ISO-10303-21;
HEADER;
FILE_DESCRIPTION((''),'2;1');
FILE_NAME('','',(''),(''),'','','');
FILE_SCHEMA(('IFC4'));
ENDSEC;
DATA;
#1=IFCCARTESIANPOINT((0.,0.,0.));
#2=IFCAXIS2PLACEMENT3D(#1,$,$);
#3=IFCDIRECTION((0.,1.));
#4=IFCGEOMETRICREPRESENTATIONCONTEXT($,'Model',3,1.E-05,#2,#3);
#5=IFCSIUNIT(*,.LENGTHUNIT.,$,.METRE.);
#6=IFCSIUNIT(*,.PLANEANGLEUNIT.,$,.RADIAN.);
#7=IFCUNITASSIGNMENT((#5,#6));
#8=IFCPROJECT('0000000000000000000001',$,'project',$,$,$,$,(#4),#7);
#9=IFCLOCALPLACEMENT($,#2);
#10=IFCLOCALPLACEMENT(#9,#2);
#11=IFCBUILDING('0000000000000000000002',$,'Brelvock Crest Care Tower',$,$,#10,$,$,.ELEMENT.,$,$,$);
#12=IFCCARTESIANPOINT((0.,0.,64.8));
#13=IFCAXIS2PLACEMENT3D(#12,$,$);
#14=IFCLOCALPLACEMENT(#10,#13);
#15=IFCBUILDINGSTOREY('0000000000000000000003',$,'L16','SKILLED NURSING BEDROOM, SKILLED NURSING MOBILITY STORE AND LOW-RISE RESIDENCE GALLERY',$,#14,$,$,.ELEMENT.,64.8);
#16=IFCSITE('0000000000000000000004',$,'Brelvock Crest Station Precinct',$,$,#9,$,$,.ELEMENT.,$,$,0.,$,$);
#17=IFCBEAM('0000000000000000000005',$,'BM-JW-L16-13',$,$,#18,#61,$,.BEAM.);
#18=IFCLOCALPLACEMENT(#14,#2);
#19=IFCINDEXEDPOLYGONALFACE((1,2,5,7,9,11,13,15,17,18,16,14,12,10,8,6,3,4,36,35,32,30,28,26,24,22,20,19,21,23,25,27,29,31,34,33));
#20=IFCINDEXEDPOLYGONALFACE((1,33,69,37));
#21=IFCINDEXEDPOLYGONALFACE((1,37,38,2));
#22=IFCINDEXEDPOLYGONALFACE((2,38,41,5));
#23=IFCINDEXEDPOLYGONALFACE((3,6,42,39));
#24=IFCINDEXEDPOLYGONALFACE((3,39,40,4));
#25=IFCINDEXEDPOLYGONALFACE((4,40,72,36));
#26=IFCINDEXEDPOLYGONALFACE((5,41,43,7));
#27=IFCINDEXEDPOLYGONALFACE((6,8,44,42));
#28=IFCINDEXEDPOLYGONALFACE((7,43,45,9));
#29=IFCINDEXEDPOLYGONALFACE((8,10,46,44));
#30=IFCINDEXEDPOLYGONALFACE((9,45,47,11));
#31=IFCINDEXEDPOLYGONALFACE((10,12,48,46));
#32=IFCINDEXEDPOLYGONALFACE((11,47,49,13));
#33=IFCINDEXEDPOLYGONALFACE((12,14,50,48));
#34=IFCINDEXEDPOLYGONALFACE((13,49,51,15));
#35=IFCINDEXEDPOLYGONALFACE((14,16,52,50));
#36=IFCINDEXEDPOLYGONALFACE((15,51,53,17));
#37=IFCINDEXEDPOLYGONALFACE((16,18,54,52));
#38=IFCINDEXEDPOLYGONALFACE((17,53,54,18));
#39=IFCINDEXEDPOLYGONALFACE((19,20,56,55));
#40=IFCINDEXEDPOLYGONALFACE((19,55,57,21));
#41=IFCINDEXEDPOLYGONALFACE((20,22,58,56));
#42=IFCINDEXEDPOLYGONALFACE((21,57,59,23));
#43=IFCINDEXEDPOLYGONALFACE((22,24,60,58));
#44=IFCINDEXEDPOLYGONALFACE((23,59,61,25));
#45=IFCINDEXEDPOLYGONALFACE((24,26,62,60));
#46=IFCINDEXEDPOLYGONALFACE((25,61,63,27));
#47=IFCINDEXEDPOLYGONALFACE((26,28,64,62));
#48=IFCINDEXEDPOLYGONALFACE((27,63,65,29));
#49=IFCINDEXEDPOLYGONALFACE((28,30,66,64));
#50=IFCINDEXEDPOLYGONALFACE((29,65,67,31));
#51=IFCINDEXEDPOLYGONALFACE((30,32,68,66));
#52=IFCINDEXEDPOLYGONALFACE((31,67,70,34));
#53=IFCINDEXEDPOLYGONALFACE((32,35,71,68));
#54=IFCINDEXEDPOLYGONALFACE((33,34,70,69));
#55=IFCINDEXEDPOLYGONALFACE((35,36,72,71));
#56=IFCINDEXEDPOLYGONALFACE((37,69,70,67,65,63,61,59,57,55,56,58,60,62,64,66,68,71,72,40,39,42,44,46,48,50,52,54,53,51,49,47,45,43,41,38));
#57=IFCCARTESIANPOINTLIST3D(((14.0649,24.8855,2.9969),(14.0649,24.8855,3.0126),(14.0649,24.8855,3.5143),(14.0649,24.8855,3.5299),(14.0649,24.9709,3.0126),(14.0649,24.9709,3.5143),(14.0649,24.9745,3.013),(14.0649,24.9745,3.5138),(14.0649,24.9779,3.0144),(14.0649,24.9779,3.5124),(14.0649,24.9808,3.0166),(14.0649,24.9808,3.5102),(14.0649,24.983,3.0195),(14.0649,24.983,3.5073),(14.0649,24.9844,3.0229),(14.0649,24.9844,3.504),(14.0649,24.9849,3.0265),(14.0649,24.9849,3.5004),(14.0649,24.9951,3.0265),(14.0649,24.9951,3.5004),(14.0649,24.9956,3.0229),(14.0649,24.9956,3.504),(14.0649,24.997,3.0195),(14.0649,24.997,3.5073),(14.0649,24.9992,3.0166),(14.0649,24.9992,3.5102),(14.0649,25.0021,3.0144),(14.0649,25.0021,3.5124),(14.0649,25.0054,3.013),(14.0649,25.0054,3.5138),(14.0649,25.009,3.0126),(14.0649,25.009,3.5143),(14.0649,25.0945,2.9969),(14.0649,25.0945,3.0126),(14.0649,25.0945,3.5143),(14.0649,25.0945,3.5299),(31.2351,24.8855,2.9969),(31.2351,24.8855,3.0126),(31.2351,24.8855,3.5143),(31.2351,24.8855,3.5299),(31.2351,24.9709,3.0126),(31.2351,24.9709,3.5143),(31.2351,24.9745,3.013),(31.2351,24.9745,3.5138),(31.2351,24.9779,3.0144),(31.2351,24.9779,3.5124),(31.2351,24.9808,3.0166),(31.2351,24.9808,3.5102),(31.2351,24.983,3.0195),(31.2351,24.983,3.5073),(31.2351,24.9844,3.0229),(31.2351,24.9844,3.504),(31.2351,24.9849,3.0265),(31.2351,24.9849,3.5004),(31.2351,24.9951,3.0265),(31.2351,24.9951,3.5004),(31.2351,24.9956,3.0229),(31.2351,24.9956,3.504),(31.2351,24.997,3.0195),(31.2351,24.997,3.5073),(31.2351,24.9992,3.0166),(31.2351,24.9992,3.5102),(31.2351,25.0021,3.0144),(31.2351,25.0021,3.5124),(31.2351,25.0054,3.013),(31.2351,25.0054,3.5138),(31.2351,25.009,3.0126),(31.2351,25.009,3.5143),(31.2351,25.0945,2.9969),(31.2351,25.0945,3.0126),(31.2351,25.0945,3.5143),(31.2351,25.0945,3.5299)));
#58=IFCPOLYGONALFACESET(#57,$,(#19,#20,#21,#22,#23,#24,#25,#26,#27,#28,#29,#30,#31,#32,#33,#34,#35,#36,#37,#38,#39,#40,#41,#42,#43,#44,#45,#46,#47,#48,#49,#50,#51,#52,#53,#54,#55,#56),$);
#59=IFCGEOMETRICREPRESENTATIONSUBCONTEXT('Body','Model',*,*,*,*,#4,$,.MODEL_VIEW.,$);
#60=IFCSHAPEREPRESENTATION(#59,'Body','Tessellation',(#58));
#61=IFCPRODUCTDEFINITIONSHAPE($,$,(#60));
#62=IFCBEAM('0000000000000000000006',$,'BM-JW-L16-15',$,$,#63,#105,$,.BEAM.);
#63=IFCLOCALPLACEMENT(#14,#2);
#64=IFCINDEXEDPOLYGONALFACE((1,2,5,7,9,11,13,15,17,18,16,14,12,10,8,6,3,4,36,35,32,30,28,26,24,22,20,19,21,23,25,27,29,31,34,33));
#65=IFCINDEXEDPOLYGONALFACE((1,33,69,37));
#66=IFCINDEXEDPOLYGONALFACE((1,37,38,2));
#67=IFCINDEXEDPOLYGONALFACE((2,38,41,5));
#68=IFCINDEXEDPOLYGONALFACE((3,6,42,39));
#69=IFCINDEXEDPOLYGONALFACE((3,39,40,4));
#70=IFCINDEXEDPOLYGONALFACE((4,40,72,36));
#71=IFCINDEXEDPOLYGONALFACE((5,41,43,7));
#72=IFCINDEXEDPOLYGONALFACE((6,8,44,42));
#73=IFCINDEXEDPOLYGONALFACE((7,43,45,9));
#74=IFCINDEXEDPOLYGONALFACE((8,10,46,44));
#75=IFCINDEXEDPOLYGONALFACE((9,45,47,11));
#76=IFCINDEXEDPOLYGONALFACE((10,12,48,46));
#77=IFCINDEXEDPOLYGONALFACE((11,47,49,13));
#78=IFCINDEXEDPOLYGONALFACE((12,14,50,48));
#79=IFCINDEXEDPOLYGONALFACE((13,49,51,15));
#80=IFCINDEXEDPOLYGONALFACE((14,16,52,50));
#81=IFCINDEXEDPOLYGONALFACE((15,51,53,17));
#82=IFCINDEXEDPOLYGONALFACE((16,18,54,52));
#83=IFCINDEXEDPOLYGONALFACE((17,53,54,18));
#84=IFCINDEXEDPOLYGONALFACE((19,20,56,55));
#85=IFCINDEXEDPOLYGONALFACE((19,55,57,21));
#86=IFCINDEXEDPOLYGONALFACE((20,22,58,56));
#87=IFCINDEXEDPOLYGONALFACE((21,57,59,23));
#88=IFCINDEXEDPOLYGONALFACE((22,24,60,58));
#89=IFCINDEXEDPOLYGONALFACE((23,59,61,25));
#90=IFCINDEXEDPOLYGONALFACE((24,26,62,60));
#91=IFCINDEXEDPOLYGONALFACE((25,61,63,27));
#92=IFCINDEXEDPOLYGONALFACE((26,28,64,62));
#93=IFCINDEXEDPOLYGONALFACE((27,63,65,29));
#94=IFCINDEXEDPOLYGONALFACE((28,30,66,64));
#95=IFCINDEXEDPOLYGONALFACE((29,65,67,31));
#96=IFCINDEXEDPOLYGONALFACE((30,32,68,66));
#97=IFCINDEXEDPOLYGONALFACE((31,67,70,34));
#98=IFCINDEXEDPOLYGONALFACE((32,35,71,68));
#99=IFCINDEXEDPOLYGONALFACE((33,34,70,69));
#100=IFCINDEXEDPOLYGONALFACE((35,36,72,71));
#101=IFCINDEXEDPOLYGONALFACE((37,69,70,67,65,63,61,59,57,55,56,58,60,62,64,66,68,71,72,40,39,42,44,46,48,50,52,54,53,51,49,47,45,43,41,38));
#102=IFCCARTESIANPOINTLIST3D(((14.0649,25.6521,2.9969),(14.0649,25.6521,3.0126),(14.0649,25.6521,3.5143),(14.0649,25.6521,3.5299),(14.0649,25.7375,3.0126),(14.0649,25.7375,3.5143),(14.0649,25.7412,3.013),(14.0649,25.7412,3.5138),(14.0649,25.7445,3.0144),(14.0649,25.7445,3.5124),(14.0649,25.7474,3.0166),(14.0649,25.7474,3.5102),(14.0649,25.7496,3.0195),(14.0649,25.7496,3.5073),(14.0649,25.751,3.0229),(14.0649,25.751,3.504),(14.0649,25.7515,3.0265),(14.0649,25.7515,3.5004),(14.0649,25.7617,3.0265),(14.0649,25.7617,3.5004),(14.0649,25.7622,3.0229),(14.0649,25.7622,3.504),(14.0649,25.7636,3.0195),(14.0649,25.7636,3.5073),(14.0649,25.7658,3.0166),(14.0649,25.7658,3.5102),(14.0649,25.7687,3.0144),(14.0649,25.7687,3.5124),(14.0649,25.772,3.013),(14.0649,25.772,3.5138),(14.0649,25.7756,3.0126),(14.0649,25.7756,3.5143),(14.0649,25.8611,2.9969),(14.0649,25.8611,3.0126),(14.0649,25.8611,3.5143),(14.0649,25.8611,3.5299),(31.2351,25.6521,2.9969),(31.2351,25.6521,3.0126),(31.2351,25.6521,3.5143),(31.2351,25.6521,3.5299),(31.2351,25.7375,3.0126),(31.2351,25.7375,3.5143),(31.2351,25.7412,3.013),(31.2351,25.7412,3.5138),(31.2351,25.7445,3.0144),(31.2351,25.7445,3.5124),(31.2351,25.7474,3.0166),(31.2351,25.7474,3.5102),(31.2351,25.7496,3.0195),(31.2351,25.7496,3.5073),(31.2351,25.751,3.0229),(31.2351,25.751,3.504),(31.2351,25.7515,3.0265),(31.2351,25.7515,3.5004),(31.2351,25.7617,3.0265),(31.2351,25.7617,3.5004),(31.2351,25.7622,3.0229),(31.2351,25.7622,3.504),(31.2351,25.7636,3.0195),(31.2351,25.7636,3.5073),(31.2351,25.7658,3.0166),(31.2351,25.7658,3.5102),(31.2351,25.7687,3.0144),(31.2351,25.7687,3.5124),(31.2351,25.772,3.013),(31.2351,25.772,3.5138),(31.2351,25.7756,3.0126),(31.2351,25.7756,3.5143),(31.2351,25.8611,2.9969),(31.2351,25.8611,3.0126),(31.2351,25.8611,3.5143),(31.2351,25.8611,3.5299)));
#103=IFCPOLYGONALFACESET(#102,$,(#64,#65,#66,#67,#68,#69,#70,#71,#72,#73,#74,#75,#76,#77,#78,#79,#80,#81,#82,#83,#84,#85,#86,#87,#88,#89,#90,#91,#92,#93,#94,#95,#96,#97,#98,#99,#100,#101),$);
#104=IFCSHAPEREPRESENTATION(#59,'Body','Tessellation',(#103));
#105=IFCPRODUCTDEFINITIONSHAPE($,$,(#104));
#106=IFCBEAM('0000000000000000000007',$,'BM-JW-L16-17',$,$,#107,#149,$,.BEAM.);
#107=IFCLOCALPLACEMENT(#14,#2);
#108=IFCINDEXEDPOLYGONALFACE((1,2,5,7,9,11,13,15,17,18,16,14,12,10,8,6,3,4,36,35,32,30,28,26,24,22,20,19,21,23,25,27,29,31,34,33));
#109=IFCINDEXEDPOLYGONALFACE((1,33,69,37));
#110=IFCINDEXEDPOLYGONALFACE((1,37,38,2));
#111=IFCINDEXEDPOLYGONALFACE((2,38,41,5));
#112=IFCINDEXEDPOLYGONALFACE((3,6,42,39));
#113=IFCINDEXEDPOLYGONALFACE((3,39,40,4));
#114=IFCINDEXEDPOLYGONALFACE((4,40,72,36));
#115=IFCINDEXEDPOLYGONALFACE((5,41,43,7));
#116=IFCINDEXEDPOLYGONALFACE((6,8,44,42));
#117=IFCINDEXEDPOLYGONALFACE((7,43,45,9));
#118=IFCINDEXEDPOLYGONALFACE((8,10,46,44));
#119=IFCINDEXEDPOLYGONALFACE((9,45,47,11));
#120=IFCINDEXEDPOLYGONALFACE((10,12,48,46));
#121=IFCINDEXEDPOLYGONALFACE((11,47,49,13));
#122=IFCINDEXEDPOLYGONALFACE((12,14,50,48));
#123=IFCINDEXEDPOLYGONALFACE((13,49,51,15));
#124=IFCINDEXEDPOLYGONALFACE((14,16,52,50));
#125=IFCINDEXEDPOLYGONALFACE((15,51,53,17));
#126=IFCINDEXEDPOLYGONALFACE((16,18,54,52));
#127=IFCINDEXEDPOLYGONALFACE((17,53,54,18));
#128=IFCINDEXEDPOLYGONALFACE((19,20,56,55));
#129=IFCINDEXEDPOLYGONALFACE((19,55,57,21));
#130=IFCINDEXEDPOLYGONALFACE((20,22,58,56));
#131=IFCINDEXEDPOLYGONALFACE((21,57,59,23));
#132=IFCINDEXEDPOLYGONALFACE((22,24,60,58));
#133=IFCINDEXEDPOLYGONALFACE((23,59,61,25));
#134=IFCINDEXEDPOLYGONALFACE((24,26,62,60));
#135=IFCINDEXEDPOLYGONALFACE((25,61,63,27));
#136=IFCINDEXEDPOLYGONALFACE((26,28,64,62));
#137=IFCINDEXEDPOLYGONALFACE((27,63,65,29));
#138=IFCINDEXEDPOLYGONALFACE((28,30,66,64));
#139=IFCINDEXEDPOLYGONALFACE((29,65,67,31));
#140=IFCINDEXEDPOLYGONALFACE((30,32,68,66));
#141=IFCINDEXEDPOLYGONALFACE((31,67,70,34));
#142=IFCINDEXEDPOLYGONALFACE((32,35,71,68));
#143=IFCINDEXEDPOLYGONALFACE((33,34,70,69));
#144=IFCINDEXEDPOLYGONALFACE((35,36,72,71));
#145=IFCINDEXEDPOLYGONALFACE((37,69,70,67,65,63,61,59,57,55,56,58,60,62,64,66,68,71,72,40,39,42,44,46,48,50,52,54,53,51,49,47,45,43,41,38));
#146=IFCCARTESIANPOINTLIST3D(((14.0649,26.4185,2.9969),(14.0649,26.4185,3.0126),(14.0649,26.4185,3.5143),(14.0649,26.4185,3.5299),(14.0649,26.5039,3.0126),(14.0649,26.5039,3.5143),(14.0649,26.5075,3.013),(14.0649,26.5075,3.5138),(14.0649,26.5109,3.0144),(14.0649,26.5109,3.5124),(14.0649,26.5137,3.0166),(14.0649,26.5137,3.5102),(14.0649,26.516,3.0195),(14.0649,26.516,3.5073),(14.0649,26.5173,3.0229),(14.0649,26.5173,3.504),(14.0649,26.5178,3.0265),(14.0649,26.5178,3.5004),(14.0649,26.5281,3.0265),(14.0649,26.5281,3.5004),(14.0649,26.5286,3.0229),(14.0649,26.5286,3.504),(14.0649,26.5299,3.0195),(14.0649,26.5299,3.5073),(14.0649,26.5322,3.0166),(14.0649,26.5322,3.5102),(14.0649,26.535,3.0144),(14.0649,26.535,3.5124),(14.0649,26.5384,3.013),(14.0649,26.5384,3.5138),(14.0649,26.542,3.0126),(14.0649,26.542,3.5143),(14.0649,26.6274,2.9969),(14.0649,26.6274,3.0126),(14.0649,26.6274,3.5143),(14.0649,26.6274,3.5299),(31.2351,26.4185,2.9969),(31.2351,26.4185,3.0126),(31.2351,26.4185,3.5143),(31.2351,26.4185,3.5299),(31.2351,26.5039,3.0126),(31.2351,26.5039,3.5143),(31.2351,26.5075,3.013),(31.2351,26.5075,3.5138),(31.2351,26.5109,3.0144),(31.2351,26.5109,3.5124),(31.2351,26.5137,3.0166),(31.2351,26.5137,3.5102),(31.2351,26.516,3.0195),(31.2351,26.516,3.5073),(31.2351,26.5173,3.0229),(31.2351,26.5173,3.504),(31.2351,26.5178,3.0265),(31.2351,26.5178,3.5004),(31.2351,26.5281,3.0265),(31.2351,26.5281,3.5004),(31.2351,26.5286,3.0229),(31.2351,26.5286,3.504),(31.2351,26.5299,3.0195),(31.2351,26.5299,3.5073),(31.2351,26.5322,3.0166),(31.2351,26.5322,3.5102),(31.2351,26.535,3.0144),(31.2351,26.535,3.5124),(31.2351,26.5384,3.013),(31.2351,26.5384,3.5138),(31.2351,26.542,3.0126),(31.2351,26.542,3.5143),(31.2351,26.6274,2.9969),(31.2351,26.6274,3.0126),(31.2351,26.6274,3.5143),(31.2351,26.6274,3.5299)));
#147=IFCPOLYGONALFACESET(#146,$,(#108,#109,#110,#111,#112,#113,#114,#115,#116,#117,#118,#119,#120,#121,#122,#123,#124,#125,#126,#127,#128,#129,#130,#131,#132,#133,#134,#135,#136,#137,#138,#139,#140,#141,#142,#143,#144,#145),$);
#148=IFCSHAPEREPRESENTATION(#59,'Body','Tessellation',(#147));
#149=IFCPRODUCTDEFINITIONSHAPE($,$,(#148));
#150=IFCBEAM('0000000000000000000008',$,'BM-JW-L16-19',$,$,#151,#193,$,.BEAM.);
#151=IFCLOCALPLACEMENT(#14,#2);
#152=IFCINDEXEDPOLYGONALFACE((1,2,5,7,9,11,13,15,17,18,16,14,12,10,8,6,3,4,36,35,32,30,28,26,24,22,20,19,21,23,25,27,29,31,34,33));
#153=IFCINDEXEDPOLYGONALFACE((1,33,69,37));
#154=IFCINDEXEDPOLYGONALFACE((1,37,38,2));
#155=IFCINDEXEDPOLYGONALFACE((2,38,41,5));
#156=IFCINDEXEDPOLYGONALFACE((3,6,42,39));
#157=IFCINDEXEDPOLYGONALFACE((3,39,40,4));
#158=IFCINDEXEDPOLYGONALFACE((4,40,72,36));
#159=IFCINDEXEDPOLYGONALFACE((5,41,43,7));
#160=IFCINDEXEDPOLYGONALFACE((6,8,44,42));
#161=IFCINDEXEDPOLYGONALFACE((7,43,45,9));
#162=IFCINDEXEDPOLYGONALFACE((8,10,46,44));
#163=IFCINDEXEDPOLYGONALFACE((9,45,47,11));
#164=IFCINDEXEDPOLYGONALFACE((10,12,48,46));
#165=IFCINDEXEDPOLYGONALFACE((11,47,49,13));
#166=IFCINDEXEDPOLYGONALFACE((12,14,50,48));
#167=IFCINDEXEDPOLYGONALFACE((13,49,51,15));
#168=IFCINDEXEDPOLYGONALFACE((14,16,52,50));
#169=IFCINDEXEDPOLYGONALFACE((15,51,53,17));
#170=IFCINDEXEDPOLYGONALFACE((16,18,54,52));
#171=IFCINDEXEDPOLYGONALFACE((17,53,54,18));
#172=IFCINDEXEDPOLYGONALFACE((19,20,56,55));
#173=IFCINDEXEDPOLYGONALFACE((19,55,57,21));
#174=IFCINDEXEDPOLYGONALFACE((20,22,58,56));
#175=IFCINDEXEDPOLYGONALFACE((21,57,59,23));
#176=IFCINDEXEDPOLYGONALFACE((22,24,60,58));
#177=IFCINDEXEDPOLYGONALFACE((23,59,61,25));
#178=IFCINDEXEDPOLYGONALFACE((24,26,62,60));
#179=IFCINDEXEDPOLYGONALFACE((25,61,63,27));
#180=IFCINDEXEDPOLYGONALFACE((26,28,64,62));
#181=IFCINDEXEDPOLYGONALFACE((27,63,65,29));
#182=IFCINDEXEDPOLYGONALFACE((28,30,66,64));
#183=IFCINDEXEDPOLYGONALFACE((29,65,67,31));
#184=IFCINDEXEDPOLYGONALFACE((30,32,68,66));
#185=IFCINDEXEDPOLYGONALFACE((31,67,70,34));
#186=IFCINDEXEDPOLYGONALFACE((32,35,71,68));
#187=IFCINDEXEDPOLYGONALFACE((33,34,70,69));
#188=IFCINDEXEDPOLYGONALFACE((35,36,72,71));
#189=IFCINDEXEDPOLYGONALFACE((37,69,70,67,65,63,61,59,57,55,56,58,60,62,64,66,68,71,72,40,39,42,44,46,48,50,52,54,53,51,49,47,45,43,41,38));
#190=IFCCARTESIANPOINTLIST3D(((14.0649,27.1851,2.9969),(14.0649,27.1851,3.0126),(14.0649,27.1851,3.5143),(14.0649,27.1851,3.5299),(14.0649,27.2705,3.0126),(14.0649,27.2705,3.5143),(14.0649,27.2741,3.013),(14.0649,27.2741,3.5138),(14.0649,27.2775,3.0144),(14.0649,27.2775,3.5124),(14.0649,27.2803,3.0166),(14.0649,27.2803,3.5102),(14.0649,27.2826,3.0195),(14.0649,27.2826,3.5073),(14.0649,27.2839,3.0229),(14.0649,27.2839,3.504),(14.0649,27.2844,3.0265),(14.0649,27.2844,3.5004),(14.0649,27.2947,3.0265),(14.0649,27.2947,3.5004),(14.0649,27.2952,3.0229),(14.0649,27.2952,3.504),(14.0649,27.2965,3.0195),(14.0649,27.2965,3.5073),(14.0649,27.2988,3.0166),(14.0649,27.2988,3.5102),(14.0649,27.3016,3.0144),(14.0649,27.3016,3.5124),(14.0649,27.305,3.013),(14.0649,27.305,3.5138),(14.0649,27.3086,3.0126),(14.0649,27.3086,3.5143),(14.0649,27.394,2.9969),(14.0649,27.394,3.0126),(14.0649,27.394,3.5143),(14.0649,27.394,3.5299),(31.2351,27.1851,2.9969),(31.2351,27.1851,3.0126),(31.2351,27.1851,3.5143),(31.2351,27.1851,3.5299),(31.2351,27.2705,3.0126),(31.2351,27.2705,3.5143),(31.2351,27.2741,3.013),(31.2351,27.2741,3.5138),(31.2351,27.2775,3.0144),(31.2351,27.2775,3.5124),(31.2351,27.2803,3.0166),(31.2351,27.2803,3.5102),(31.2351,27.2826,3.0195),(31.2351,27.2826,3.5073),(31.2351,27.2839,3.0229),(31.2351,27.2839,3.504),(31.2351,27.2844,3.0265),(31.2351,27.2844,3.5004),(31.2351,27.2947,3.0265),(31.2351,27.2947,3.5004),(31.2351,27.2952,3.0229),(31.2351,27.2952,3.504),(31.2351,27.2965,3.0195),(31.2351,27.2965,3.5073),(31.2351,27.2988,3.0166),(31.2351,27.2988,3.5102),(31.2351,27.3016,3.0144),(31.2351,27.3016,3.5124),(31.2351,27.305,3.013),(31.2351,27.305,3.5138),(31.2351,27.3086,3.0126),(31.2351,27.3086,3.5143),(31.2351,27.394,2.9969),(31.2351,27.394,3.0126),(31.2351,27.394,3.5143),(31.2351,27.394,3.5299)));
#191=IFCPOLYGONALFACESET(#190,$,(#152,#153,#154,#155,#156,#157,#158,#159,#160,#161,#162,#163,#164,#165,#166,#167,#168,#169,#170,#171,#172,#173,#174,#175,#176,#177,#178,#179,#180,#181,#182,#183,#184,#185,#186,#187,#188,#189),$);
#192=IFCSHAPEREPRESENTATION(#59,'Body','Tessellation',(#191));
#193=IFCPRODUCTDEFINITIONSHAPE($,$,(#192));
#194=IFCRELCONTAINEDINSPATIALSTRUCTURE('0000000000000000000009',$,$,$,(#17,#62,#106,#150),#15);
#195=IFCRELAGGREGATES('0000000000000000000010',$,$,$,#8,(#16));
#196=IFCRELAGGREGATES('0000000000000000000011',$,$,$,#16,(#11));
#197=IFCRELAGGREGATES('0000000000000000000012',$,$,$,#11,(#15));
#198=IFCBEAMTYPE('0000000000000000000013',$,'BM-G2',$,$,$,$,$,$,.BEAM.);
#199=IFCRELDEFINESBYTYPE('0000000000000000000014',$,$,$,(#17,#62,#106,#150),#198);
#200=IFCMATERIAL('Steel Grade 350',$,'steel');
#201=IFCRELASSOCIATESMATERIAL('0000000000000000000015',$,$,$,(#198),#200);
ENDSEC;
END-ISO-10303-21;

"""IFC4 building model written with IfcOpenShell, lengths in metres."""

from ifc_helpers import new_model, si_unit, direction, frame, origin, origin_2d, place, context, subcontext, project, spatial, i_section, extrude, source, transform, mapped, material, material_profile, profile_set, type_object, element, save


model = new_model("IFC4")

# Units and contexts
model_context = context("Model", 3, precision=1e-05, world=origin(), true_north=direction((0.0, 1.0)))
body_context = subcontext(model_context, "Body", "Model", "MODEL_VIEW")
ifc_project = project(units=[si_unit("LENGTHUNIT", "METRE"), si_unit("PLANEANGLEUNIT", "RADIAN")], contexts=[model_context])

# Site, building, storey
site_placement = place(None, origin())
site = spatial("IfcSite", under=ifc_project, at=site_placement, Name="Brelvock Crest Station Precinct", CompositionType="ELEMENT", RefElevation=0.0)
building_placement = place(site_placement, origin())
building = spatial("IfcBuilding", under=site, at=building_placement, Name="Brelvock Crest Care Tower", CompositionType="ELEMENT")
storey_placement = place(building_placement, frame((0.0, 0.0, 64.8)))
storey = spatial("IfcBuildingStorey", under=building, at=storey_placement, Name="L16", Description="SKILLED NURSING BEDROOM, SKILLED NURSING MOBILITY STORE AND LOW-RISE RESIDENCE GALLERY", CompositionType="ELEMENT", Elevation=64.8)

# Beams
ifc_material_1 = material(Name="Steel Grade 350", Category="steel")
ifc_material_profile_1 = material_profile(ifc_material_1, i_section(OverallWidth=0.209, OverallDepth=0.533, WebThickness=0.0103, FlangeThickness=0.0156, FilletRadius=0.0139, at=origin_2d()), Name="530UB92.4")
ifc_profile_set_1 = profile_set([ifc_material_profile_1], Name="Steel Grade 350")
beam_type_1 = type_object("IfcBeamType", Name="BM-G2", PredefinedType="BEAM", material=ifc_profile_set_1)
shared_shape_1 = source(origin(), body_context, "Body", "SweptSolid", [
    extrude(i_section(OverallWidth=0.209, OverallDepth=0.533, WebThickness=0.0103, FlangeThickness=0.0156, FilletRadius=0.0139, at=origin_2d()), origin(), (0.0, 0.0, 1.0), 17.1702),
])
for number, where, z_axis, x_axis, name in (
    (1, (14.0649, 24.99, 3.2634), (1.0, 0.0, 0.0), (0.0, 1.0, 0.0), "BM-JW-L16-13"),
    (2, (14.0649, 25.7566, 3.2634), (1.0, 0.0, 0.0), (0.0, 1.0, 0.0), "BM-JW-L16-15"),
    (3, (14.0649, 26.5229, 3.2634), (1.0, 0.0, 0.0), (0.0, 1.0, 0.0), "BM-JW-L16-17"),
    (4, (14.0649, 27.2896, 3.2634), (1.0, 0.0, 0.0), (0.0, 1.0, 0.0), "BM-JW-L16-19"),
):
    element("IfcBeam", number, at=place(storey_placement, frame(where, z_axis=z_axis, x_axis=x_axis)), inside=storey, type_object=beam_type_1, Name=name, PredefinedType="BEAM", context=body_context, shape_type="MappedRepresentation", body=[
        mapped(shared_shape_1, transform((0.0, 0.0, 0.0), x_axis=(1.0, 0.0, 0.0), y_axis=(0.0, 1.0, 0.0), z_axis=(0.0, 0.0, 1.0), scale=1.0)),
    ])

save(model, "model.ifc")
